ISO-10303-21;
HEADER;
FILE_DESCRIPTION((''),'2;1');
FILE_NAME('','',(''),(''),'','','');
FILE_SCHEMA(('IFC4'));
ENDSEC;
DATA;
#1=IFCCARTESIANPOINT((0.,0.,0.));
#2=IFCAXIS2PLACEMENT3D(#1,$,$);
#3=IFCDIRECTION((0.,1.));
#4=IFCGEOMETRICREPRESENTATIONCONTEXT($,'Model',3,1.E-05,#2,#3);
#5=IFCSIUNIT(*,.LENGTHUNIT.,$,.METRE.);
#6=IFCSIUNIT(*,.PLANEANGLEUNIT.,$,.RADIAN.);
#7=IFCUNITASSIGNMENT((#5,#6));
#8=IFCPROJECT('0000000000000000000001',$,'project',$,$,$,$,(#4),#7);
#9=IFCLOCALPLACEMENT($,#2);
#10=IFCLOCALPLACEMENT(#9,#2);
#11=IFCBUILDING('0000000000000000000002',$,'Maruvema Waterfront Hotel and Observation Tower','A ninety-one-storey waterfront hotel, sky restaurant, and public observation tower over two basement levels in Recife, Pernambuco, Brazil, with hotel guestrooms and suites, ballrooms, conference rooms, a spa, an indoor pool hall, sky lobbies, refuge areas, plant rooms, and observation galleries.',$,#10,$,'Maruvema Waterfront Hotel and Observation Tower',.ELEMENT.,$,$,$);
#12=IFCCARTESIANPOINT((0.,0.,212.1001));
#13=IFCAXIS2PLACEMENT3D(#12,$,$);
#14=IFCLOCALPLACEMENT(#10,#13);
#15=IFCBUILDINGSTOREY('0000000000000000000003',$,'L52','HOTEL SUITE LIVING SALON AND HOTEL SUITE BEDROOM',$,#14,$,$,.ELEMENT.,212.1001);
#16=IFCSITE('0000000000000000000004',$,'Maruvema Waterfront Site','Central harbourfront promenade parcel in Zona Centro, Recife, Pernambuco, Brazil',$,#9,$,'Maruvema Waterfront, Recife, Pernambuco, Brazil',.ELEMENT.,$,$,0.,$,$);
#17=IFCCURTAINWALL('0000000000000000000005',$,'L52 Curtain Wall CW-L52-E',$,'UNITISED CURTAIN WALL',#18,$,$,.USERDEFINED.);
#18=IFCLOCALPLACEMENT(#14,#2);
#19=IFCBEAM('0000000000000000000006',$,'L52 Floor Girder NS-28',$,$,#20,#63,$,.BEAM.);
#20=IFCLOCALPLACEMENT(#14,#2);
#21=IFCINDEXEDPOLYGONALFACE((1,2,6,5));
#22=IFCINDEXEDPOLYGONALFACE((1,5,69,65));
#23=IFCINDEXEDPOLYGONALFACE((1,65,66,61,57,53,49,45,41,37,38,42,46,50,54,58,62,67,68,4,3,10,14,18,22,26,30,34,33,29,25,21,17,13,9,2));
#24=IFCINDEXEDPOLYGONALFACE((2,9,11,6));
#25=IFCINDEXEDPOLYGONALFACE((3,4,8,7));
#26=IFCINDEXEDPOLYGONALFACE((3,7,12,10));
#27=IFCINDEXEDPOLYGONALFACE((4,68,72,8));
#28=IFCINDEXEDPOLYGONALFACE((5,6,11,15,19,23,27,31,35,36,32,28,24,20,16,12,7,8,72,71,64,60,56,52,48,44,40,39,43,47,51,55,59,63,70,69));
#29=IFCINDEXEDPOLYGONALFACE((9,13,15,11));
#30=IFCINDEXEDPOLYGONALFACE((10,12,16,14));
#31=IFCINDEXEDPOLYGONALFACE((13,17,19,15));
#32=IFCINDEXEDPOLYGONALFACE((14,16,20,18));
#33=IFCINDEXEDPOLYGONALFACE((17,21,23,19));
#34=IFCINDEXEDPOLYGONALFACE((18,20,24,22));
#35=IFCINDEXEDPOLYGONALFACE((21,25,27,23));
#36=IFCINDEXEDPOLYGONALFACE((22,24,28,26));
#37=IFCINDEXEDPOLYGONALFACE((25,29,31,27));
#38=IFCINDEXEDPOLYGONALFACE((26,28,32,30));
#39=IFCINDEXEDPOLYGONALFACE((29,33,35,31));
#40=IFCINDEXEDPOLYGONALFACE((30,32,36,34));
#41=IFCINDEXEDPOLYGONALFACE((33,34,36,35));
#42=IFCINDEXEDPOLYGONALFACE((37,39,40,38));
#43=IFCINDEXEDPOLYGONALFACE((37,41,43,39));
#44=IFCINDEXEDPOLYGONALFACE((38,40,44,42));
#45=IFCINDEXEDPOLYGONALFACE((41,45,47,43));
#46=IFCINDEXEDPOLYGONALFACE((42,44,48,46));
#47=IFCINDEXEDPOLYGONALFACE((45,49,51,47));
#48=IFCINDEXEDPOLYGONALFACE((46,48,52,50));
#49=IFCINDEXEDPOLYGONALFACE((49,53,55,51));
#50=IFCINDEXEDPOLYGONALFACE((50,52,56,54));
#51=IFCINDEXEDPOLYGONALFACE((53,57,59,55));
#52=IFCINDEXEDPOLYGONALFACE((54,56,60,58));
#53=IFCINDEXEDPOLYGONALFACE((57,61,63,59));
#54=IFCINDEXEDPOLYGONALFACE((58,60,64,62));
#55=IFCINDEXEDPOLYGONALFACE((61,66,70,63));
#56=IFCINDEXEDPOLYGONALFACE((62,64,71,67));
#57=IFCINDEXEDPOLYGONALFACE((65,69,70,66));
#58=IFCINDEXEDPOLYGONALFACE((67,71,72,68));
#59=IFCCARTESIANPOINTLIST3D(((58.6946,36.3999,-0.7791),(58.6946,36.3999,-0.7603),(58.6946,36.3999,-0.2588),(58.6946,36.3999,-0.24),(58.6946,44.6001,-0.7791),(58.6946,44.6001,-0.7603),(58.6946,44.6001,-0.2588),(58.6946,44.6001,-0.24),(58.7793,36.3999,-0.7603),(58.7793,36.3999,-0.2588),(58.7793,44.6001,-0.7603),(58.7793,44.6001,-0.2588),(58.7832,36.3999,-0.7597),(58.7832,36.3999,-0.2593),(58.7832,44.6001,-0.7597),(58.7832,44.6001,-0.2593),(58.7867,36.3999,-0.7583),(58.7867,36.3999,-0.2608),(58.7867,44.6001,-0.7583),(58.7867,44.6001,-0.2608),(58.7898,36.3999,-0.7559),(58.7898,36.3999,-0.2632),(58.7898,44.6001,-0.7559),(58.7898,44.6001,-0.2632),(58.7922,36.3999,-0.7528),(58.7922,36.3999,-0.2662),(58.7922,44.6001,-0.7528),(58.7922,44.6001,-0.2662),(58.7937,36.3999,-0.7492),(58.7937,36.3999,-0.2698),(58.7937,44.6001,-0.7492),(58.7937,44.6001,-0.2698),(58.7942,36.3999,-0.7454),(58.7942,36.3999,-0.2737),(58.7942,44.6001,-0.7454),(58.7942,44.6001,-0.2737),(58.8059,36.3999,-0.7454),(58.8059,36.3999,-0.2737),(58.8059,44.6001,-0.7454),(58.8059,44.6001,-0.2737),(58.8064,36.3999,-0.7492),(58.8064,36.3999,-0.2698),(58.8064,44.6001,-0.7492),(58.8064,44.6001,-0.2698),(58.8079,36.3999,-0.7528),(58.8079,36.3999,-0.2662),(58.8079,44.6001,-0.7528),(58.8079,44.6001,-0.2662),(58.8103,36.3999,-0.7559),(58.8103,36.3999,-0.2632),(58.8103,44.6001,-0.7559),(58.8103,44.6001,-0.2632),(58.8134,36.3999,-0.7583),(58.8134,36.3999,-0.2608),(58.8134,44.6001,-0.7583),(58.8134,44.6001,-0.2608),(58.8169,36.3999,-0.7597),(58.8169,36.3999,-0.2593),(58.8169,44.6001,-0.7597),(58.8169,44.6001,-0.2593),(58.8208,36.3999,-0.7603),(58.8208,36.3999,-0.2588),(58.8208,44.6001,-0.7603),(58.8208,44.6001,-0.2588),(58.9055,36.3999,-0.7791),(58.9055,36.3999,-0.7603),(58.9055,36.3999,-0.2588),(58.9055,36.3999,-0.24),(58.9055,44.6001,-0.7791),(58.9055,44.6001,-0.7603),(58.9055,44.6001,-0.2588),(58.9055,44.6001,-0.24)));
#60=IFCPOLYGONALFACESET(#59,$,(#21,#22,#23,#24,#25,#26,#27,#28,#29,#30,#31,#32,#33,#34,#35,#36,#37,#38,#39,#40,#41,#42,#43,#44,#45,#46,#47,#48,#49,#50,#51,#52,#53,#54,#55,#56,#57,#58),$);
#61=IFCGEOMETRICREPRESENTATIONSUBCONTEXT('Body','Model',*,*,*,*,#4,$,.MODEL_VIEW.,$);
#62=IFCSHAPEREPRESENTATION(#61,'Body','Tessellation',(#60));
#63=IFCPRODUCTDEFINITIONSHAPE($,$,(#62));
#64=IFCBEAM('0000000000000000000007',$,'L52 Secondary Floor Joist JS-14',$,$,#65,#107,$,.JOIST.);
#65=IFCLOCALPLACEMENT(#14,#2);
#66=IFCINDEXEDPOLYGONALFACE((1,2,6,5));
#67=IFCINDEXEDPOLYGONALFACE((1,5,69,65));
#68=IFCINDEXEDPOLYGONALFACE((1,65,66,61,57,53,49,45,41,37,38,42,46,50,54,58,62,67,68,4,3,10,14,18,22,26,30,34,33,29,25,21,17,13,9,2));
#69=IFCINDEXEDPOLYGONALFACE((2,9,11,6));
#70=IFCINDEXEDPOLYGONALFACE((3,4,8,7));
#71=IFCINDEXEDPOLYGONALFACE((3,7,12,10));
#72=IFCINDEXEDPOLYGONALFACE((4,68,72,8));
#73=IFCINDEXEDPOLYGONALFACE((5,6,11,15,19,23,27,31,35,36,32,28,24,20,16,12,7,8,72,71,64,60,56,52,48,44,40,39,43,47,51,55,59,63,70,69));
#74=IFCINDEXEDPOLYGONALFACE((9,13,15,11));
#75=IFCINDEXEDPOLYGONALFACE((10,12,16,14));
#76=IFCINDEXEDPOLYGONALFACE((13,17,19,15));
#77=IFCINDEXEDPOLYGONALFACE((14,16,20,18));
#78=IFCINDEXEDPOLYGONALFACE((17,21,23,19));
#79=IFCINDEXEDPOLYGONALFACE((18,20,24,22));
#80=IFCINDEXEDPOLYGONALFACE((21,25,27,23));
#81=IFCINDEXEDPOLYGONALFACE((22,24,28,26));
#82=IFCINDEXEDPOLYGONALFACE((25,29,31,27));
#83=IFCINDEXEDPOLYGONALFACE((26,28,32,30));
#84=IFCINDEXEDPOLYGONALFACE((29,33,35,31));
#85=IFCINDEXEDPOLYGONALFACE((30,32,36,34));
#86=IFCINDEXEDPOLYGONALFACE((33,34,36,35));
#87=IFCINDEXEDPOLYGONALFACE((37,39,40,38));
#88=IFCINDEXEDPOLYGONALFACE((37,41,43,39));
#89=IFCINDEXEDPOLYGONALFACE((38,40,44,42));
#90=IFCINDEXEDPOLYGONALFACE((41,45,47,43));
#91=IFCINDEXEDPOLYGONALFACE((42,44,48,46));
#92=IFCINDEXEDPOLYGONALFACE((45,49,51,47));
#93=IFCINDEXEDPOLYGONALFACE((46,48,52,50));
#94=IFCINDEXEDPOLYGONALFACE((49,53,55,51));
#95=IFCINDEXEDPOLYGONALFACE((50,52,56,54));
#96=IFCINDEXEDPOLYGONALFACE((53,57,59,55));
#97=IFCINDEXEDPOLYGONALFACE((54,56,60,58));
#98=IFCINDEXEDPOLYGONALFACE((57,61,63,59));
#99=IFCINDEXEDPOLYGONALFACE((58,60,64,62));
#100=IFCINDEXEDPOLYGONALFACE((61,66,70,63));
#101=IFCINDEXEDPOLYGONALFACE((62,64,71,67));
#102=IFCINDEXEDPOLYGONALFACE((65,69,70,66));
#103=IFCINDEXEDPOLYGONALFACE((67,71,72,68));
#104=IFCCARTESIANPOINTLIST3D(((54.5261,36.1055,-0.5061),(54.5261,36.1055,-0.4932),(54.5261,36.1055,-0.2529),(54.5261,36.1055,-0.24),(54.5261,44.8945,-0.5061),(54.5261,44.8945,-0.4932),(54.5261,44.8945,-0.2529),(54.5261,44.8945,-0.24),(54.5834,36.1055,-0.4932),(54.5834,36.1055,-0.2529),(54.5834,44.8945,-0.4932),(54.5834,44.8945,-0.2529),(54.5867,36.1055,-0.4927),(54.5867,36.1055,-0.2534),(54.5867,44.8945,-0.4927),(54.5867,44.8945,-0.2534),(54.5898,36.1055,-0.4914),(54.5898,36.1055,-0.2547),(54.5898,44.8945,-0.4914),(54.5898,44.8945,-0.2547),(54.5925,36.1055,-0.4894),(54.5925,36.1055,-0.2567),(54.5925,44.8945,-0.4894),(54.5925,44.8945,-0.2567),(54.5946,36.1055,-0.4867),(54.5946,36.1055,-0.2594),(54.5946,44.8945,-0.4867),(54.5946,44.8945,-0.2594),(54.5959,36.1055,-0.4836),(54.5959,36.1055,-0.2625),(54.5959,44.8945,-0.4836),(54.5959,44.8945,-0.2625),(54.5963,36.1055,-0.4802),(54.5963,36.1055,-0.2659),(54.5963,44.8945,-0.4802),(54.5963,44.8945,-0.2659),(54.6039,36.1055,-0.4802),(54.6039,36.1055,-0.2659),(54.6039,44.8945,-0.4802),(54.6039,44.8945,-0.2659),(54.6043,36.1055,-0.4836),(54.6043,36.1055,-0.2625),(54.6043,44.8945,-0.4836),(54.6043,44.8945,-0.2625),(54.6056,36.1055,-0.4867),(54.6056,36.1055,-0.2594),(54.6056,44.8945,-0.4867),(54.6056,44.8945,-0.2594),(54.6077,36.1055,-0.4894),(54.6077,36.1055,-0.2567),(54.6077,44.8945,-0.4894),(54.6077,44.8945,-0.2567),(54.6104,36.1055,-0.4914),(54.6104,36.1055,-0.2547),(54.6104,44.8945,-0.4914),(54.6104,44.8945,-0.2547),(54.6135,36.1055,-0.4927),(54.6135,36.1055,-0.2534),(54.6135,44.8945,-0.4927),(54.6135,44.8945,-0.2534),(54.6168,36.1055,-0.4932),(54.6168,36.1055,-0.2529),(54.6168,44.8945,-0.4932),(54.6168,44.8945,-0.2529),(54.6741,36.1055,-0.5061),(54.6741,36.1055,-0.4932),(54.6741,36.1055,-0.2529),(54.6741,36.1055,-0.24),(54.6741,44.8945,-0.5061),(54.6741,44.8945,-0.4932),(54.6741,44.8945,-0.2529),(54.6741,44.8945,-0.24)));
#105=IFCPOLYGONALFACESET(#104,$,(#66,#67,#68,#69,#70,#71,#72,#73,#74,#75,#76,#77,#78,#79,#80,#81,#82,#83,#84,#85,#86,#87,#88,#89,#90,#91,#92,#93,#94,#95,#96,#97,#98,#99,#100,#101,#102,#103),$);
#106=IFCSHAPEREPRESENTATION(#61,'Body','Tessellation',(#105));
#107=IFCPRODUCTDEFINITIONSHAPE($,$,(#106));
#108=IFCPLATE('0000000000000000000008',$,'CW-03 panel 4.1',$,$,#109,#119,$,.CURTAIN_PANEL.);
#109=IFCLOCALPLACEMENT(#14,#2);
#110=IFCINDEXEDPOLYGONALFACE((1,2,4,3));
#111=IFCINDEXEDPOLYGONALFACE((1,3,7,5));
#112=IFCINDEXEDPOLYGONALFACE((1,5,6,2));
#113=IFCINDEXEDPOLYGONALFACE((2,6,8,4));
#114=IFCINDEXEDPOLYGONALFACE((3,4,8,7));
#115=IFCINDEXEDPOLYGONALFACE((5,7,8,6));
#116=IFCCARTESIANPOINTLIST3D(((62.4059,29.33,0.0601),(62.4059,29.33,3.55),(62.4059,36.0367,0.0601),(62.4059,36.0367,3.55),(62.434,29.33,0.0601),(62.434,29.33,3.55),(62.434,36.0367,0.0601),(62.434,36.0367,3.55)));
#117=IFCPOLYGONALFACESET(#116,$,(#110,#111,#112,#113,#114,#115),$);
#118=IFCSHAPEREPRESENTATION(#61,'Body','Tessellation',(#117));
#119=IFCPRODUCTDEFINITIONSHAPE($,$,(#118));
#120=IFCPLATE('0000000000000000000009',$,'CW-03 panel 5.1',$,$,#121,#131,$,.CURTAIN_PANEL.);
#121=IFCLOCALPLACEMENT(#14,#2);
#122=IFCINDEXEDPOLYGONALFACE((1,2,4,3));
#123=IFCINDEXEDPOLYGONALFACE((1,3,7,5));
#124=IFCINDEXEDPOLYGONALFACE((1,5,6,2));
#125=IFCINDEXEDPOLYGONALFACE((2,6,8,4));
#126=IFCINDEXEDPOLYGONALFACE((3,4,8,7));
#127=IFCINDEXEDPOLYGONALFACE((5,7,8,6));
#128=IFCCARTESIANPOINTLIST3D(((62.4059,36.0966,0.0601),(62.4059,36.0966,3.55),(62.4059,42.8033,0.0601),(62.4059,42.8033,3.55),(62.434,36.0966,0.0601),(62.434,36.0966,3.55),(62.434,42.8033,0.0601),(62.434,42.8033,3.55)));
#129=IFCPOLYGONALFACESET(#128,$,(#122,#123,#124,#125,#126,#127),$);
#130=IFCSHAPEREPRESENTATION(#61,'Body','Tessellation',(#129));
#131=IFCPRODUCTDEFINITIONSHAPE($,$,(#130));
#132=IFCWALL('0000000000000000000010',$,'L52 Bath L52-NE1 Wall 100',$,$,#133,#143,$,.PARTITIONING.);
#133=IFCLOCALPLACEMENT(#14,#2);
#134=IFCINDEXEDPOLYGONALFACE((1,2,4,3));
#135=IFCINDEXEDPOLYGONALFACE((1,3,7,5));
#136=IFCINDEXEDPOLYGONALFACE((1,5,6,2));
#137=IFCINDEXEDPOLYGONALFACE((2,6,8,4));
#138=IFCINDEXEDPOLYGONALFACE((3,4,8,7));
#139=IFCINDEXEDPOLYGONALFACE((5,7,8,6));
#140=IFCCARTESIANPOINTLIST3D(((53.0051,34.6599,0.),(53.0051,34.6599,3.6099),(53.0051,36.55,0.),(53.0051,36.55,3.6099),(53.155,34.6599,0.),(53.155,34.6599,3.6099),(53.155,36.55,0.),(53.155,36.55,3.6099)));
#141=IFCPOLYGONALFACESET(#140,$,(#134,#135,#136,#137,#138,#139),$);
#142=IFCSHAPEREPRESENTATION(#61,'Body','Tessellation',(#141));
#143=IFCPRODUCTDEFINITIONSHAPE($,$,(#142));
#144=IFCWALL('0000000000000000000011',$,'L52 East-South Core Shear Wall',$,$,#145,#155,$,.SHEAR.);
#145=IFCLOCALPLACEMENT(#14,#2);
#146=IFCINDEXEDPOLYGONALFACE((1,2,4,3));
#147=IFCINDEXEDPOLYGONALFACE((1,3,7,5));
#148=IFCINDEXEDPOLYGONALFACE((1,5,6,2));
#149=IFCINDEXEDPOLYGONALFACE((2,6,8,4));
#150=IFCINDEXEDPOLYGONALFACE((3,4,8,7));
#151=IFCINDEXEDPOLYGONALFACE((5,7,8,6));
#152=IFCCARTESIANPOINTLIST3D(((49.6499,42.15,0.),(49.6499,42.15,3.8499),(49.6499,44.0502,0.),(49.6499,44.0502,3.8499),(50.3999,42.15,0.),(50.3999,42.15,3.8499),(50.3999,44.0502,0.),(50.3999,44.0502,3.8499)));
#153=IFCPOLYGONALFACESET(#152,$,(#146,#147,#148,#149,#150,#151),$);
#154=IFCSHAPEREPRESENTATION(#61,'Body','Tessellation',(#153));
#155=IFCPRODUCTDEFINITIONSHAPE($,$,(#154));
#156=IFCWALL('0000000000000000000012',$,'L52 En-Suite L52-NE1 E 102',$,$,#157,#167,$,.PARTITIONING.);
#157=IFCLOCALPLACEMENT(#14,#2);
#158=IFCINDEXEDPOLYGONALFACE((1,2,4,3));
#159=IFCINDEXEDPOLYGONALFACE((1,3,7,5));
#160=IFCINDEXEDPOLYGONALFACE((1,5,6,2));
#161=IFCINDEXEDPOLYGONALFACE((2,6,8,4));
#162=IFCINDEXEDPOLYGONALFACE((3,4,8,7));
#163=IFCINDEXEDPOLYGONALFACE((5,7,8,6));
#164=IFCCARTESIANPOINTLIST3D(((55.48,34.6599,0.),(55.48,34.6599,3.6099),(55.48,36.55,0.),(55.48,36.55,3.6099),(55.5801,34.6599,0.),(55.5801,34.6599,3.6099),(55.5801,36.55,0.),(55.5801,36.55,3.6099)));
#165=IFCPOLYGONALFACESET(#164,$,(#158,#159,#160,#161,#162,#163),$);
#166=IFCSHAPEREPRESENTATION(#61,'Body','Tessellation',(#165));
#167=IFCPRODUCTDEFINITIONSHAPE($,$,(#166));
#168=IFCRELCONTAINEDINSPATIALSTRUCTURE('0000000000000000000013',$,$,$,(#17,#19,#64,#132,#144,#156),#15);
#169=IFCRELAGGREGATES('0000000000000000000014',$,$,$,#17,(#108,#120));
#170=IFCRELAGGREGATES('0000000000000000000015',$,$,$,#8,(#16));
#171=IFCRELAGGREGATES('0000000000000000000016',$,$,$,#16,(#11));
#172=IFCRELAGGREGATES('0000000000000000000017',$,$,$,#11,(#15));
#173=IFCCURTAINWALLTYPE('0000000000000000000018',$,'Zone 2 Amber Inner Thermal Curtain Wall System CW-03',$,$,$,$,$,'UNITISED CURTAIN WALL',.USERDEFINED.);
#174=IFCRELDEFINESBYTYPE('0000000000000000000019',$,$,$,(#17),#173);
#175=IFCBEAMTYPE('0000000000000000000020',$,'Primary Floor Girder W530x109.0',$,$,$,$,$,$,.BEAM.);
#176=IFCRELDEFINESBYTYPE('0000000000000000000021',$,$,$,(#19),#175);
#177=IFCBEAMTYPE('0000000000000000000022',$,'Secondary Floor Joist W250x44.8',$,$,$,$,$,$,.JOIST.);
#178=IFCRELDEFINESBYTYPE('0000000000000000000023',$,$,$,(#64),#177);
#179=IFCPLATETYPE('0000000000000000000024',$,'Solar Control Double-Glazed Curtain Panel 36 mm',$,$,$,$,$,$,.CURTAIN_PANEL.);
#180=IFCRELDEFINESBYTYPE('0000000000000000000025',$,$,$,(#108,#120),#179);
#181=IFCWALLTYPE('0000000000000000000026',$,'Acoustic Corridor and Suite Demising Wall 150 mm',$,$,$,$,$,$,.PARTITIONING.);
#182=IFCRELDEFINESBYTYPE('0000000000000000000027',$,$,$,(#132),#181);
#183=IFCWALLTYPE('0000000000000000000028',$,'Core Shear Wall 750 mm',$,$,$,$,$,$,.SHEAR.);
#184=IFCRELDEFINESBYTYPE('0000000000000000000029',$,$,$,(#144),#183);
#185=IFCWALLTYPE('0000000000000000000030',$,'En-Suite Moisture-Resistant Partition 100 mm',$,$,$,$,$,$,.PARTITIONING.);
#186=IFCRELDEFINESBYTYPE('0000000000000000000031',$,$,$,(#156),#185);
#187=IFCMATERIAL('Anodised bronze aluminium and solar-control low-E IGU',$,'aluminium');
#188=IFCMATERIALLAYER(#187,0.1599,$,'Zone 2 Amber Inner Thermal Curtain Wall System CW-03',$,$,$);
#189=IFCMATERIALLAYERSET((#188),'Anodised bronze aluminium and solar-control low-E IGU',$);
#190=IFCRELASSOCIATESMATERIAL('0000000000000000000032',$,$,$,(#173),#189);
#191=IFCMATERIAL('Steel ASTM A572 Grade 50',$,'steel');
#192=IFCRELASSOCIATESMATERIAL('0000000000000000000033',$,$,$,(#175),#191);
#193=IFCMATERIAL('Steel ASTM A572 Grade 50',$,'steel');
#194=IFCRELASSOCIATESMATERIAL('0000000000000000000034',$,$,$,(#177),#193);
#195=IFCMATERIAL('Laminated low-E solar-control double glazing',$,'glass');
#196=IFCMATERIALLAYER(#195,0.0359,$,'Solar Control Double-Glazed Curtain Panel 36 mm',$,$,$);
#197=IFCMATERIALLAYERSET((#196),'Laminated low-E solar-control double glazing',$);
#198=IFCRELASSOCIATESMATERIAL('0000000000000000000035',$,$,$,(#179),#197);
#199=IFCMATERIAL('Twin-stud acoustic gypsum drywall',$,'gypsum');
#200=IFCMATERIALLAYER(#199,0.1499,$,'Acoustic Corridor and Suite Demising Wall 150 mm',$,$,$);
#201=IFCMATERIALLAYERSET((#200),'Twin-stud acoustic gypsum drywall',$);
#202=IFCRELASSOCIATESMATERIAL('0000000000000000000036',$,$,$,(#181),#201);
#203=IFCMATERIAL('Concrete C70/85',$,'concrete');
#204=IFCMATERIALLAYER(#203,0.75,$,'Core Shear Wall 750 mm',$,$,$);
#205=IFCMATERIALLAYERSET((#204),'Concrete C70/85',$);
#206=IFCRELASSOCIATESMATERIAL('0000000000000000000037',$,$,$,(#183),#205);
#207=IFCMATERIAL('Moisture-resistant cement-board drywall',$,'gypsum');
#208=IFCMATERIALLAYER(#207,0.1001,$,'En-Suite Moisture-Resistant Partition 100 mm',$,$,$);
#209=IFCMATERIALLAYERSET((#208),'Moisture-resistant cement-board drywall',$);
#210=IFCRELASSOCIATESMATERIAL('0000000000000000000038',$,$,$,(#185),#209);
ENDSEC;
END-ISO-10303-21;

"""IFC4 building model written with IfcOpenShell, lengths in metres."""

from ifc_helpers import new_model, si_unit, direction, frame, frame_2d, origin, origin_2d, place, context, subcontext, project, spatial, rectangle, i_section, extrude, material, layer, layer_set, material_profile, profile_set, type_object, element, aggregate, save


model = new_model("IFC4")

# Units and contexts
model_context = context("Model", 3, precision=1e-05, world=origin(), true_north=direction((0.0, 1.0)))
body_context = subcontext(model_context, "Body", "Model", "MODEL_VIEW")
ifc_project = project(units=[si_unit("LENGTHUNIT", "METRE"), si_unit("PLANEANGLEUNIT", "RADIAN")], contexts=[model_context])

# Site, building, storey
site_placement = place(None, origin())
site = spatial("IfcSite", under=ifc_project, at=site_placement, Name="Maruvema Waterfront Site", Description="Central harbourfront promenade parcel in Zona Centro, Recife, Pernambuco, Brazil", LongName="Maruvema Waterfront, Recife, Pernambuco, Brazil", CompositionType="ELEMENT", RefElevation=0.0)
building_placement = place(site_placement, origin())
building = spatial("IfcBuilding", under=site, at=building_placement, Name="Maruvema Waterfront Hotel and Observation Tower", Description="A ninety-one-storey waterfront hotel, sky restaurant, and public observation tower over two basement levels in Recife, Pernambuco, Brazil, with hotel guestrooms and suites, ballrooms, conference rooms, a spa, an indoor pool hall, sky lobbies, refuge areas, plant rooms, and observation galleries.", LongName="Maruvema Waterfront Hotel and Observation Tower", CompositionType="ELEMENT")
storey_placement = place(building_placement, frame((0.0, 0.0, 212.1001)))
storey = spatial("IfcBuildingStorey", under=building, at=storey_placement, Name="L52", Description="HOTEL SUITE LIVING SALON AND HOTEL SUITE BEDROOM", CompositionType="ELEMENT", Elevation=212.1001)

# Curtain wall
ifc_material_1 = material(Name="Anodised bronze aluminium and solar-control low-E IGU", Category="aluminium")
ifc_layer_1 = layer(ifc_material_1, 0.1599, Name="Zone 2 Amber Inner Thermal Curtain Wall System CW-03")
ifc_layer_set_1 = layer_set([ifc_layer_1], Name="Anodised bronze aluminium and solar-control low-E IGU")
curtain_wall_type = type_object("IfcCurtainWallType", Name="Zone 2 Amber Inner Thermal Curtain Wall System CW-03", ElementType="UNITISED CURTAIN WALL", PredefinedType="USERDEFINED", material=ifc_layer_set_1)
curtain_wall_placement = place(storey_placement, origin())
curtain_wall = element("IfcCurtainWall", 1, at=curtain_wall_placement, inside=storey, type_object=curtain_wall_type, Name="L52 Curtain Wall CW-L52-E", ObjectType="UNITISED CURTAIN WALL", PredefinedType="USERDEFINED")

# Beams
ifc_material_2 = material(Name="Steel ASTM A572 Grade 50", Category="steel")
ifc_material_profile_1 = material_profile(ifc_material_2, i_section(OverallWidth=0.2109, OverallDepth=0.5391, WebThickness=0.0117, FlangeThickness=0.0188, FilletRadius=0.0149, at=origin_2d()), Name="W530x109.0")
ifc_profile_set_1 = profile_set([ifc_material_profile_1], Name="Steel ASTM A572 Grade 50")
beam_type_1 = type_object("IfcBeamType", Name="Primary Floor Girder W530x109.0", PredefinedType="BEAM", material=ifc_profile_set_1)
beam_1_placement = place(storey_placement, frame((58.8, 36.3999, -0.5095), z_axis=(0.0, 1.0, 0.0), x_axis=(-1.0, 0.0, 0.0)))
element("IfcBeam", 2, at=beam_1_placement, inside=storey, type_object=beam_type_1, Name="L52 Floor Girder NS-28", PredefinedType="BEAM", context=body_context, shape_type="SweptSolid", body=[
    extrude(i_section(OverallWidth=0.2109, OverallDepth=0.5391, WebThickness=0.0117, FlangeThickness=0.0188, FilletRadius=0.0149, at=origin_2d()), origin(), (0.0, 0.0, 1.0), 8.2002),
])
ifc_material_3 = material(Name="Steel ASTM A572 Grade 50", Category="steel")
ifc_material_profile_2 = material_profile(ifc_material_3, i_section(OverallWidth=0.1479, OverallDepth=0.2661, WebThickness=0.0076, FlangeThickness=0.0129, FilletRadius=0.0129, at=origin_2d()), Name="W250x44.8")
ifc_profile_set_2 = profile_set([ifc_material_profile_2], Name="Steel ASTM A572 Grade 50")
beam_type_2 = type_object("IfcBeamType", Name="Secondary Floor Joist W250x44.8", PredefinedType="JOIST", material=ifc_profile_set_2)
beam_2_placement = place(storey_placement, frame((54.6001, 36.1055, -0.373), z_axis=(0.0, 1.0, 0.0), x_axis=(-1.0, 0.0, 0.0)))
element("IfcBeam", 3, at=beam_2_placement, inside=storey, type_object=beam_type_2, Name="L52 Secondary Floor Joist JS-14", PredefinedType="JOIST", context=body_context, shape_type="SweptSolid", body=[
    extrude(i_section(OverallWidth=0.1479, OverallDepth=0.2661, WebThickness=0.0076, FlangeThickness=0.0129, FilletRadius=0.0129, at=origin_2d()), origin(), (0.0, 0.0, 1.0), 8.7891),
])

# Plates
ifc_material_4 = material(Name="Laminated low-E solar-control double glazing", Category="glass")
ifc_layer_2 = layer(ifc_material_4, 0.0359, Name="Solar Control Double-Glazed Curtain Panel 36 mm")
ifc_layer_set_2 = layer_set([ifc_layer_2], Name="Laminated low-E solar-control double glazing")
plate_type = type_object("IfcPlateType", Name="Solar Control Double-Glazed Curtain Panel 36 mm", PredefinedType="CURTAIN_PANEL", material=ifc_layer_set_2)
plate_1_placement = place(storey_placement, frame((62.4199, 32.6833, 0.0601), z_axis=(0.0, 0.0, 1.0), x_axis=(0.0, 1.0, 0.0)))
plate_1 = element("IfcPlate", 4, at=plate_1_placement, type_object=plate_type, Name="CW-03 panel 4.1", PredefinedType="CURTAIN_PANEL", context=body_context, shape_type="SweptSolid", body=[
    extrude(rectangle(XDim=6.7068, YDim=0.0281, at=origin_2d()), origin(), (0.0, 0.0, 1.0), 3.49),
])
plate_2_placement = place(storey_placement, frame((62.4199, 39.45, 0.0601), z_axis=(0.0, 0.0, 1.0), x_axis=(0.0, 1.0, 0.0)))
plate_2 = element("IfcPlate", 5, at=plate_2_placement, type_object=plate_type, Name="CW-03 panel 5.1", PredefinedType="CURTAIN_PANEL", context=body_context, shape_type="SweptSolid", body=[
    extrude(rectangle(XDim=6.7068, YDim=0.0281, at=origin_2d()), origin(), (0.0, 0.0, 1.0), 3.49),
])
aggregate(curtain_wall, [plate_1, plate_2])

# Wall
ifc_material_5 = material(Name="Twin-stud acoustic gypsum drywall", Category="gypsum")
ifc_layer_3 = layer(ifc_material_5, 0.1499, Name="Acoustic Corridor and Suite Demising Wall 150 mm")
ifc_layer_set_3 = layer_set([ifc_layer_3], Name="Twin-stud acoustic gypsum drywall")
wall_type_1 = type_object("IfcWallType", Name="Acoustic Corridor and Suite Demising Wall 150 mm", PredefinedType="PARTITIONING", material=ifc_layer_set_3)
wall_1_placement = place(storey_placement, frame((53.0801, 34.6599, 0.0), z_axis=(0.0, 0.0, 1.0), x_axis=(0.0, 1.0, 0.0)))
element("IfcWall", 6, at=wall_1_placement, inside=storey, type_object=wall_type_1, Name="L52 Bath L52-NE1 Wall 100", PredefinedType="PARTITIONING", context=body_context, shape_type="SweptSolid", body=[
    extrude(rectangle(XDim=1.8901, YDim=0.1499, at=frame_2d((0.9451, 0.0))), origin(), (0.0, 0.0, 1.0), 3.6099),
])

# Walls
ifc_material_6 = material(Name="Concrete C70/85", Category="concrete")
ifc_layer_4 = layer(ifc_material_6, 0.75, Name="Core Shear Wall 750 mm")
ifc_layer_set_4 = layer_set([ifc_layer_4], Name="Concrete C70/85")
wall_type_2 = type_object("IfcWallType", Name="Core Shear Wall 750 mm", PredefinedType="SHEAR", material=ifc_layer_set_4)
wall_2_placement = place(storey_placement, frame((50.0249, 42.1499, 0.0), z_axis=(0.0, 0.0, 1.0), x_axis=(0.0, 1.0, 0.0)))
element("IfcWall", 7, at=wall_2_placement, inside=storey, type_object=wall_type_2, Name="L52 East-South Core Shear Wall", PredefinedType="SHEAR", context=body_context, shape_type="SweptSolid", body=[
    extrude(rectangle(XDim=1.9001, YDim=0.75, at=frame_2d((0.9502, 0.0))), origin(), (0.0, 0.0, 1.0), 3.8499),
])
ifc_material_7 = material(Name="Moisture-resistant cement-board drywall", Category="gypsum")
ifc_layer_5 = layer(ifc_material_7, 0.1001, Name="En-Suite Moisture-Resistant Partition 100 mm")
ifc_layer_set_5 = layer_set([ifc_layer_5], Name="Moisture-resistant cement-board drywall")
wall_type_3 = type_object("IfcWallType", Name="En-Suite Moisture-Resistant Partition 100 mm", PredefinedType="PARTITIONING", material=ifc_layer_set_5)
wall_3_placement = place(storey_placement, frame((55.53, 34.6599, 0.0), z_axis=(0.0, 0.0, 1.0), x_axis=(0.0, 1.0, 0.0)))
element("IfcWall", 8, at=wall_3_placement, inside=storey, type_object=wall_type_3, Name="L52 En-Suite L52-NE1 E 102", PredefinedType="PARTITIONING", context=body_context, shape_type="SweptSolid", body=[
    extrude(rectangle(XDim=1.8901, YDim=0.1001, at=frame_2d((0.9451, 0.0))), origin(), (0.0, 0.0, 1.0), 3.6099),
])

save(model, "model.ifc")
